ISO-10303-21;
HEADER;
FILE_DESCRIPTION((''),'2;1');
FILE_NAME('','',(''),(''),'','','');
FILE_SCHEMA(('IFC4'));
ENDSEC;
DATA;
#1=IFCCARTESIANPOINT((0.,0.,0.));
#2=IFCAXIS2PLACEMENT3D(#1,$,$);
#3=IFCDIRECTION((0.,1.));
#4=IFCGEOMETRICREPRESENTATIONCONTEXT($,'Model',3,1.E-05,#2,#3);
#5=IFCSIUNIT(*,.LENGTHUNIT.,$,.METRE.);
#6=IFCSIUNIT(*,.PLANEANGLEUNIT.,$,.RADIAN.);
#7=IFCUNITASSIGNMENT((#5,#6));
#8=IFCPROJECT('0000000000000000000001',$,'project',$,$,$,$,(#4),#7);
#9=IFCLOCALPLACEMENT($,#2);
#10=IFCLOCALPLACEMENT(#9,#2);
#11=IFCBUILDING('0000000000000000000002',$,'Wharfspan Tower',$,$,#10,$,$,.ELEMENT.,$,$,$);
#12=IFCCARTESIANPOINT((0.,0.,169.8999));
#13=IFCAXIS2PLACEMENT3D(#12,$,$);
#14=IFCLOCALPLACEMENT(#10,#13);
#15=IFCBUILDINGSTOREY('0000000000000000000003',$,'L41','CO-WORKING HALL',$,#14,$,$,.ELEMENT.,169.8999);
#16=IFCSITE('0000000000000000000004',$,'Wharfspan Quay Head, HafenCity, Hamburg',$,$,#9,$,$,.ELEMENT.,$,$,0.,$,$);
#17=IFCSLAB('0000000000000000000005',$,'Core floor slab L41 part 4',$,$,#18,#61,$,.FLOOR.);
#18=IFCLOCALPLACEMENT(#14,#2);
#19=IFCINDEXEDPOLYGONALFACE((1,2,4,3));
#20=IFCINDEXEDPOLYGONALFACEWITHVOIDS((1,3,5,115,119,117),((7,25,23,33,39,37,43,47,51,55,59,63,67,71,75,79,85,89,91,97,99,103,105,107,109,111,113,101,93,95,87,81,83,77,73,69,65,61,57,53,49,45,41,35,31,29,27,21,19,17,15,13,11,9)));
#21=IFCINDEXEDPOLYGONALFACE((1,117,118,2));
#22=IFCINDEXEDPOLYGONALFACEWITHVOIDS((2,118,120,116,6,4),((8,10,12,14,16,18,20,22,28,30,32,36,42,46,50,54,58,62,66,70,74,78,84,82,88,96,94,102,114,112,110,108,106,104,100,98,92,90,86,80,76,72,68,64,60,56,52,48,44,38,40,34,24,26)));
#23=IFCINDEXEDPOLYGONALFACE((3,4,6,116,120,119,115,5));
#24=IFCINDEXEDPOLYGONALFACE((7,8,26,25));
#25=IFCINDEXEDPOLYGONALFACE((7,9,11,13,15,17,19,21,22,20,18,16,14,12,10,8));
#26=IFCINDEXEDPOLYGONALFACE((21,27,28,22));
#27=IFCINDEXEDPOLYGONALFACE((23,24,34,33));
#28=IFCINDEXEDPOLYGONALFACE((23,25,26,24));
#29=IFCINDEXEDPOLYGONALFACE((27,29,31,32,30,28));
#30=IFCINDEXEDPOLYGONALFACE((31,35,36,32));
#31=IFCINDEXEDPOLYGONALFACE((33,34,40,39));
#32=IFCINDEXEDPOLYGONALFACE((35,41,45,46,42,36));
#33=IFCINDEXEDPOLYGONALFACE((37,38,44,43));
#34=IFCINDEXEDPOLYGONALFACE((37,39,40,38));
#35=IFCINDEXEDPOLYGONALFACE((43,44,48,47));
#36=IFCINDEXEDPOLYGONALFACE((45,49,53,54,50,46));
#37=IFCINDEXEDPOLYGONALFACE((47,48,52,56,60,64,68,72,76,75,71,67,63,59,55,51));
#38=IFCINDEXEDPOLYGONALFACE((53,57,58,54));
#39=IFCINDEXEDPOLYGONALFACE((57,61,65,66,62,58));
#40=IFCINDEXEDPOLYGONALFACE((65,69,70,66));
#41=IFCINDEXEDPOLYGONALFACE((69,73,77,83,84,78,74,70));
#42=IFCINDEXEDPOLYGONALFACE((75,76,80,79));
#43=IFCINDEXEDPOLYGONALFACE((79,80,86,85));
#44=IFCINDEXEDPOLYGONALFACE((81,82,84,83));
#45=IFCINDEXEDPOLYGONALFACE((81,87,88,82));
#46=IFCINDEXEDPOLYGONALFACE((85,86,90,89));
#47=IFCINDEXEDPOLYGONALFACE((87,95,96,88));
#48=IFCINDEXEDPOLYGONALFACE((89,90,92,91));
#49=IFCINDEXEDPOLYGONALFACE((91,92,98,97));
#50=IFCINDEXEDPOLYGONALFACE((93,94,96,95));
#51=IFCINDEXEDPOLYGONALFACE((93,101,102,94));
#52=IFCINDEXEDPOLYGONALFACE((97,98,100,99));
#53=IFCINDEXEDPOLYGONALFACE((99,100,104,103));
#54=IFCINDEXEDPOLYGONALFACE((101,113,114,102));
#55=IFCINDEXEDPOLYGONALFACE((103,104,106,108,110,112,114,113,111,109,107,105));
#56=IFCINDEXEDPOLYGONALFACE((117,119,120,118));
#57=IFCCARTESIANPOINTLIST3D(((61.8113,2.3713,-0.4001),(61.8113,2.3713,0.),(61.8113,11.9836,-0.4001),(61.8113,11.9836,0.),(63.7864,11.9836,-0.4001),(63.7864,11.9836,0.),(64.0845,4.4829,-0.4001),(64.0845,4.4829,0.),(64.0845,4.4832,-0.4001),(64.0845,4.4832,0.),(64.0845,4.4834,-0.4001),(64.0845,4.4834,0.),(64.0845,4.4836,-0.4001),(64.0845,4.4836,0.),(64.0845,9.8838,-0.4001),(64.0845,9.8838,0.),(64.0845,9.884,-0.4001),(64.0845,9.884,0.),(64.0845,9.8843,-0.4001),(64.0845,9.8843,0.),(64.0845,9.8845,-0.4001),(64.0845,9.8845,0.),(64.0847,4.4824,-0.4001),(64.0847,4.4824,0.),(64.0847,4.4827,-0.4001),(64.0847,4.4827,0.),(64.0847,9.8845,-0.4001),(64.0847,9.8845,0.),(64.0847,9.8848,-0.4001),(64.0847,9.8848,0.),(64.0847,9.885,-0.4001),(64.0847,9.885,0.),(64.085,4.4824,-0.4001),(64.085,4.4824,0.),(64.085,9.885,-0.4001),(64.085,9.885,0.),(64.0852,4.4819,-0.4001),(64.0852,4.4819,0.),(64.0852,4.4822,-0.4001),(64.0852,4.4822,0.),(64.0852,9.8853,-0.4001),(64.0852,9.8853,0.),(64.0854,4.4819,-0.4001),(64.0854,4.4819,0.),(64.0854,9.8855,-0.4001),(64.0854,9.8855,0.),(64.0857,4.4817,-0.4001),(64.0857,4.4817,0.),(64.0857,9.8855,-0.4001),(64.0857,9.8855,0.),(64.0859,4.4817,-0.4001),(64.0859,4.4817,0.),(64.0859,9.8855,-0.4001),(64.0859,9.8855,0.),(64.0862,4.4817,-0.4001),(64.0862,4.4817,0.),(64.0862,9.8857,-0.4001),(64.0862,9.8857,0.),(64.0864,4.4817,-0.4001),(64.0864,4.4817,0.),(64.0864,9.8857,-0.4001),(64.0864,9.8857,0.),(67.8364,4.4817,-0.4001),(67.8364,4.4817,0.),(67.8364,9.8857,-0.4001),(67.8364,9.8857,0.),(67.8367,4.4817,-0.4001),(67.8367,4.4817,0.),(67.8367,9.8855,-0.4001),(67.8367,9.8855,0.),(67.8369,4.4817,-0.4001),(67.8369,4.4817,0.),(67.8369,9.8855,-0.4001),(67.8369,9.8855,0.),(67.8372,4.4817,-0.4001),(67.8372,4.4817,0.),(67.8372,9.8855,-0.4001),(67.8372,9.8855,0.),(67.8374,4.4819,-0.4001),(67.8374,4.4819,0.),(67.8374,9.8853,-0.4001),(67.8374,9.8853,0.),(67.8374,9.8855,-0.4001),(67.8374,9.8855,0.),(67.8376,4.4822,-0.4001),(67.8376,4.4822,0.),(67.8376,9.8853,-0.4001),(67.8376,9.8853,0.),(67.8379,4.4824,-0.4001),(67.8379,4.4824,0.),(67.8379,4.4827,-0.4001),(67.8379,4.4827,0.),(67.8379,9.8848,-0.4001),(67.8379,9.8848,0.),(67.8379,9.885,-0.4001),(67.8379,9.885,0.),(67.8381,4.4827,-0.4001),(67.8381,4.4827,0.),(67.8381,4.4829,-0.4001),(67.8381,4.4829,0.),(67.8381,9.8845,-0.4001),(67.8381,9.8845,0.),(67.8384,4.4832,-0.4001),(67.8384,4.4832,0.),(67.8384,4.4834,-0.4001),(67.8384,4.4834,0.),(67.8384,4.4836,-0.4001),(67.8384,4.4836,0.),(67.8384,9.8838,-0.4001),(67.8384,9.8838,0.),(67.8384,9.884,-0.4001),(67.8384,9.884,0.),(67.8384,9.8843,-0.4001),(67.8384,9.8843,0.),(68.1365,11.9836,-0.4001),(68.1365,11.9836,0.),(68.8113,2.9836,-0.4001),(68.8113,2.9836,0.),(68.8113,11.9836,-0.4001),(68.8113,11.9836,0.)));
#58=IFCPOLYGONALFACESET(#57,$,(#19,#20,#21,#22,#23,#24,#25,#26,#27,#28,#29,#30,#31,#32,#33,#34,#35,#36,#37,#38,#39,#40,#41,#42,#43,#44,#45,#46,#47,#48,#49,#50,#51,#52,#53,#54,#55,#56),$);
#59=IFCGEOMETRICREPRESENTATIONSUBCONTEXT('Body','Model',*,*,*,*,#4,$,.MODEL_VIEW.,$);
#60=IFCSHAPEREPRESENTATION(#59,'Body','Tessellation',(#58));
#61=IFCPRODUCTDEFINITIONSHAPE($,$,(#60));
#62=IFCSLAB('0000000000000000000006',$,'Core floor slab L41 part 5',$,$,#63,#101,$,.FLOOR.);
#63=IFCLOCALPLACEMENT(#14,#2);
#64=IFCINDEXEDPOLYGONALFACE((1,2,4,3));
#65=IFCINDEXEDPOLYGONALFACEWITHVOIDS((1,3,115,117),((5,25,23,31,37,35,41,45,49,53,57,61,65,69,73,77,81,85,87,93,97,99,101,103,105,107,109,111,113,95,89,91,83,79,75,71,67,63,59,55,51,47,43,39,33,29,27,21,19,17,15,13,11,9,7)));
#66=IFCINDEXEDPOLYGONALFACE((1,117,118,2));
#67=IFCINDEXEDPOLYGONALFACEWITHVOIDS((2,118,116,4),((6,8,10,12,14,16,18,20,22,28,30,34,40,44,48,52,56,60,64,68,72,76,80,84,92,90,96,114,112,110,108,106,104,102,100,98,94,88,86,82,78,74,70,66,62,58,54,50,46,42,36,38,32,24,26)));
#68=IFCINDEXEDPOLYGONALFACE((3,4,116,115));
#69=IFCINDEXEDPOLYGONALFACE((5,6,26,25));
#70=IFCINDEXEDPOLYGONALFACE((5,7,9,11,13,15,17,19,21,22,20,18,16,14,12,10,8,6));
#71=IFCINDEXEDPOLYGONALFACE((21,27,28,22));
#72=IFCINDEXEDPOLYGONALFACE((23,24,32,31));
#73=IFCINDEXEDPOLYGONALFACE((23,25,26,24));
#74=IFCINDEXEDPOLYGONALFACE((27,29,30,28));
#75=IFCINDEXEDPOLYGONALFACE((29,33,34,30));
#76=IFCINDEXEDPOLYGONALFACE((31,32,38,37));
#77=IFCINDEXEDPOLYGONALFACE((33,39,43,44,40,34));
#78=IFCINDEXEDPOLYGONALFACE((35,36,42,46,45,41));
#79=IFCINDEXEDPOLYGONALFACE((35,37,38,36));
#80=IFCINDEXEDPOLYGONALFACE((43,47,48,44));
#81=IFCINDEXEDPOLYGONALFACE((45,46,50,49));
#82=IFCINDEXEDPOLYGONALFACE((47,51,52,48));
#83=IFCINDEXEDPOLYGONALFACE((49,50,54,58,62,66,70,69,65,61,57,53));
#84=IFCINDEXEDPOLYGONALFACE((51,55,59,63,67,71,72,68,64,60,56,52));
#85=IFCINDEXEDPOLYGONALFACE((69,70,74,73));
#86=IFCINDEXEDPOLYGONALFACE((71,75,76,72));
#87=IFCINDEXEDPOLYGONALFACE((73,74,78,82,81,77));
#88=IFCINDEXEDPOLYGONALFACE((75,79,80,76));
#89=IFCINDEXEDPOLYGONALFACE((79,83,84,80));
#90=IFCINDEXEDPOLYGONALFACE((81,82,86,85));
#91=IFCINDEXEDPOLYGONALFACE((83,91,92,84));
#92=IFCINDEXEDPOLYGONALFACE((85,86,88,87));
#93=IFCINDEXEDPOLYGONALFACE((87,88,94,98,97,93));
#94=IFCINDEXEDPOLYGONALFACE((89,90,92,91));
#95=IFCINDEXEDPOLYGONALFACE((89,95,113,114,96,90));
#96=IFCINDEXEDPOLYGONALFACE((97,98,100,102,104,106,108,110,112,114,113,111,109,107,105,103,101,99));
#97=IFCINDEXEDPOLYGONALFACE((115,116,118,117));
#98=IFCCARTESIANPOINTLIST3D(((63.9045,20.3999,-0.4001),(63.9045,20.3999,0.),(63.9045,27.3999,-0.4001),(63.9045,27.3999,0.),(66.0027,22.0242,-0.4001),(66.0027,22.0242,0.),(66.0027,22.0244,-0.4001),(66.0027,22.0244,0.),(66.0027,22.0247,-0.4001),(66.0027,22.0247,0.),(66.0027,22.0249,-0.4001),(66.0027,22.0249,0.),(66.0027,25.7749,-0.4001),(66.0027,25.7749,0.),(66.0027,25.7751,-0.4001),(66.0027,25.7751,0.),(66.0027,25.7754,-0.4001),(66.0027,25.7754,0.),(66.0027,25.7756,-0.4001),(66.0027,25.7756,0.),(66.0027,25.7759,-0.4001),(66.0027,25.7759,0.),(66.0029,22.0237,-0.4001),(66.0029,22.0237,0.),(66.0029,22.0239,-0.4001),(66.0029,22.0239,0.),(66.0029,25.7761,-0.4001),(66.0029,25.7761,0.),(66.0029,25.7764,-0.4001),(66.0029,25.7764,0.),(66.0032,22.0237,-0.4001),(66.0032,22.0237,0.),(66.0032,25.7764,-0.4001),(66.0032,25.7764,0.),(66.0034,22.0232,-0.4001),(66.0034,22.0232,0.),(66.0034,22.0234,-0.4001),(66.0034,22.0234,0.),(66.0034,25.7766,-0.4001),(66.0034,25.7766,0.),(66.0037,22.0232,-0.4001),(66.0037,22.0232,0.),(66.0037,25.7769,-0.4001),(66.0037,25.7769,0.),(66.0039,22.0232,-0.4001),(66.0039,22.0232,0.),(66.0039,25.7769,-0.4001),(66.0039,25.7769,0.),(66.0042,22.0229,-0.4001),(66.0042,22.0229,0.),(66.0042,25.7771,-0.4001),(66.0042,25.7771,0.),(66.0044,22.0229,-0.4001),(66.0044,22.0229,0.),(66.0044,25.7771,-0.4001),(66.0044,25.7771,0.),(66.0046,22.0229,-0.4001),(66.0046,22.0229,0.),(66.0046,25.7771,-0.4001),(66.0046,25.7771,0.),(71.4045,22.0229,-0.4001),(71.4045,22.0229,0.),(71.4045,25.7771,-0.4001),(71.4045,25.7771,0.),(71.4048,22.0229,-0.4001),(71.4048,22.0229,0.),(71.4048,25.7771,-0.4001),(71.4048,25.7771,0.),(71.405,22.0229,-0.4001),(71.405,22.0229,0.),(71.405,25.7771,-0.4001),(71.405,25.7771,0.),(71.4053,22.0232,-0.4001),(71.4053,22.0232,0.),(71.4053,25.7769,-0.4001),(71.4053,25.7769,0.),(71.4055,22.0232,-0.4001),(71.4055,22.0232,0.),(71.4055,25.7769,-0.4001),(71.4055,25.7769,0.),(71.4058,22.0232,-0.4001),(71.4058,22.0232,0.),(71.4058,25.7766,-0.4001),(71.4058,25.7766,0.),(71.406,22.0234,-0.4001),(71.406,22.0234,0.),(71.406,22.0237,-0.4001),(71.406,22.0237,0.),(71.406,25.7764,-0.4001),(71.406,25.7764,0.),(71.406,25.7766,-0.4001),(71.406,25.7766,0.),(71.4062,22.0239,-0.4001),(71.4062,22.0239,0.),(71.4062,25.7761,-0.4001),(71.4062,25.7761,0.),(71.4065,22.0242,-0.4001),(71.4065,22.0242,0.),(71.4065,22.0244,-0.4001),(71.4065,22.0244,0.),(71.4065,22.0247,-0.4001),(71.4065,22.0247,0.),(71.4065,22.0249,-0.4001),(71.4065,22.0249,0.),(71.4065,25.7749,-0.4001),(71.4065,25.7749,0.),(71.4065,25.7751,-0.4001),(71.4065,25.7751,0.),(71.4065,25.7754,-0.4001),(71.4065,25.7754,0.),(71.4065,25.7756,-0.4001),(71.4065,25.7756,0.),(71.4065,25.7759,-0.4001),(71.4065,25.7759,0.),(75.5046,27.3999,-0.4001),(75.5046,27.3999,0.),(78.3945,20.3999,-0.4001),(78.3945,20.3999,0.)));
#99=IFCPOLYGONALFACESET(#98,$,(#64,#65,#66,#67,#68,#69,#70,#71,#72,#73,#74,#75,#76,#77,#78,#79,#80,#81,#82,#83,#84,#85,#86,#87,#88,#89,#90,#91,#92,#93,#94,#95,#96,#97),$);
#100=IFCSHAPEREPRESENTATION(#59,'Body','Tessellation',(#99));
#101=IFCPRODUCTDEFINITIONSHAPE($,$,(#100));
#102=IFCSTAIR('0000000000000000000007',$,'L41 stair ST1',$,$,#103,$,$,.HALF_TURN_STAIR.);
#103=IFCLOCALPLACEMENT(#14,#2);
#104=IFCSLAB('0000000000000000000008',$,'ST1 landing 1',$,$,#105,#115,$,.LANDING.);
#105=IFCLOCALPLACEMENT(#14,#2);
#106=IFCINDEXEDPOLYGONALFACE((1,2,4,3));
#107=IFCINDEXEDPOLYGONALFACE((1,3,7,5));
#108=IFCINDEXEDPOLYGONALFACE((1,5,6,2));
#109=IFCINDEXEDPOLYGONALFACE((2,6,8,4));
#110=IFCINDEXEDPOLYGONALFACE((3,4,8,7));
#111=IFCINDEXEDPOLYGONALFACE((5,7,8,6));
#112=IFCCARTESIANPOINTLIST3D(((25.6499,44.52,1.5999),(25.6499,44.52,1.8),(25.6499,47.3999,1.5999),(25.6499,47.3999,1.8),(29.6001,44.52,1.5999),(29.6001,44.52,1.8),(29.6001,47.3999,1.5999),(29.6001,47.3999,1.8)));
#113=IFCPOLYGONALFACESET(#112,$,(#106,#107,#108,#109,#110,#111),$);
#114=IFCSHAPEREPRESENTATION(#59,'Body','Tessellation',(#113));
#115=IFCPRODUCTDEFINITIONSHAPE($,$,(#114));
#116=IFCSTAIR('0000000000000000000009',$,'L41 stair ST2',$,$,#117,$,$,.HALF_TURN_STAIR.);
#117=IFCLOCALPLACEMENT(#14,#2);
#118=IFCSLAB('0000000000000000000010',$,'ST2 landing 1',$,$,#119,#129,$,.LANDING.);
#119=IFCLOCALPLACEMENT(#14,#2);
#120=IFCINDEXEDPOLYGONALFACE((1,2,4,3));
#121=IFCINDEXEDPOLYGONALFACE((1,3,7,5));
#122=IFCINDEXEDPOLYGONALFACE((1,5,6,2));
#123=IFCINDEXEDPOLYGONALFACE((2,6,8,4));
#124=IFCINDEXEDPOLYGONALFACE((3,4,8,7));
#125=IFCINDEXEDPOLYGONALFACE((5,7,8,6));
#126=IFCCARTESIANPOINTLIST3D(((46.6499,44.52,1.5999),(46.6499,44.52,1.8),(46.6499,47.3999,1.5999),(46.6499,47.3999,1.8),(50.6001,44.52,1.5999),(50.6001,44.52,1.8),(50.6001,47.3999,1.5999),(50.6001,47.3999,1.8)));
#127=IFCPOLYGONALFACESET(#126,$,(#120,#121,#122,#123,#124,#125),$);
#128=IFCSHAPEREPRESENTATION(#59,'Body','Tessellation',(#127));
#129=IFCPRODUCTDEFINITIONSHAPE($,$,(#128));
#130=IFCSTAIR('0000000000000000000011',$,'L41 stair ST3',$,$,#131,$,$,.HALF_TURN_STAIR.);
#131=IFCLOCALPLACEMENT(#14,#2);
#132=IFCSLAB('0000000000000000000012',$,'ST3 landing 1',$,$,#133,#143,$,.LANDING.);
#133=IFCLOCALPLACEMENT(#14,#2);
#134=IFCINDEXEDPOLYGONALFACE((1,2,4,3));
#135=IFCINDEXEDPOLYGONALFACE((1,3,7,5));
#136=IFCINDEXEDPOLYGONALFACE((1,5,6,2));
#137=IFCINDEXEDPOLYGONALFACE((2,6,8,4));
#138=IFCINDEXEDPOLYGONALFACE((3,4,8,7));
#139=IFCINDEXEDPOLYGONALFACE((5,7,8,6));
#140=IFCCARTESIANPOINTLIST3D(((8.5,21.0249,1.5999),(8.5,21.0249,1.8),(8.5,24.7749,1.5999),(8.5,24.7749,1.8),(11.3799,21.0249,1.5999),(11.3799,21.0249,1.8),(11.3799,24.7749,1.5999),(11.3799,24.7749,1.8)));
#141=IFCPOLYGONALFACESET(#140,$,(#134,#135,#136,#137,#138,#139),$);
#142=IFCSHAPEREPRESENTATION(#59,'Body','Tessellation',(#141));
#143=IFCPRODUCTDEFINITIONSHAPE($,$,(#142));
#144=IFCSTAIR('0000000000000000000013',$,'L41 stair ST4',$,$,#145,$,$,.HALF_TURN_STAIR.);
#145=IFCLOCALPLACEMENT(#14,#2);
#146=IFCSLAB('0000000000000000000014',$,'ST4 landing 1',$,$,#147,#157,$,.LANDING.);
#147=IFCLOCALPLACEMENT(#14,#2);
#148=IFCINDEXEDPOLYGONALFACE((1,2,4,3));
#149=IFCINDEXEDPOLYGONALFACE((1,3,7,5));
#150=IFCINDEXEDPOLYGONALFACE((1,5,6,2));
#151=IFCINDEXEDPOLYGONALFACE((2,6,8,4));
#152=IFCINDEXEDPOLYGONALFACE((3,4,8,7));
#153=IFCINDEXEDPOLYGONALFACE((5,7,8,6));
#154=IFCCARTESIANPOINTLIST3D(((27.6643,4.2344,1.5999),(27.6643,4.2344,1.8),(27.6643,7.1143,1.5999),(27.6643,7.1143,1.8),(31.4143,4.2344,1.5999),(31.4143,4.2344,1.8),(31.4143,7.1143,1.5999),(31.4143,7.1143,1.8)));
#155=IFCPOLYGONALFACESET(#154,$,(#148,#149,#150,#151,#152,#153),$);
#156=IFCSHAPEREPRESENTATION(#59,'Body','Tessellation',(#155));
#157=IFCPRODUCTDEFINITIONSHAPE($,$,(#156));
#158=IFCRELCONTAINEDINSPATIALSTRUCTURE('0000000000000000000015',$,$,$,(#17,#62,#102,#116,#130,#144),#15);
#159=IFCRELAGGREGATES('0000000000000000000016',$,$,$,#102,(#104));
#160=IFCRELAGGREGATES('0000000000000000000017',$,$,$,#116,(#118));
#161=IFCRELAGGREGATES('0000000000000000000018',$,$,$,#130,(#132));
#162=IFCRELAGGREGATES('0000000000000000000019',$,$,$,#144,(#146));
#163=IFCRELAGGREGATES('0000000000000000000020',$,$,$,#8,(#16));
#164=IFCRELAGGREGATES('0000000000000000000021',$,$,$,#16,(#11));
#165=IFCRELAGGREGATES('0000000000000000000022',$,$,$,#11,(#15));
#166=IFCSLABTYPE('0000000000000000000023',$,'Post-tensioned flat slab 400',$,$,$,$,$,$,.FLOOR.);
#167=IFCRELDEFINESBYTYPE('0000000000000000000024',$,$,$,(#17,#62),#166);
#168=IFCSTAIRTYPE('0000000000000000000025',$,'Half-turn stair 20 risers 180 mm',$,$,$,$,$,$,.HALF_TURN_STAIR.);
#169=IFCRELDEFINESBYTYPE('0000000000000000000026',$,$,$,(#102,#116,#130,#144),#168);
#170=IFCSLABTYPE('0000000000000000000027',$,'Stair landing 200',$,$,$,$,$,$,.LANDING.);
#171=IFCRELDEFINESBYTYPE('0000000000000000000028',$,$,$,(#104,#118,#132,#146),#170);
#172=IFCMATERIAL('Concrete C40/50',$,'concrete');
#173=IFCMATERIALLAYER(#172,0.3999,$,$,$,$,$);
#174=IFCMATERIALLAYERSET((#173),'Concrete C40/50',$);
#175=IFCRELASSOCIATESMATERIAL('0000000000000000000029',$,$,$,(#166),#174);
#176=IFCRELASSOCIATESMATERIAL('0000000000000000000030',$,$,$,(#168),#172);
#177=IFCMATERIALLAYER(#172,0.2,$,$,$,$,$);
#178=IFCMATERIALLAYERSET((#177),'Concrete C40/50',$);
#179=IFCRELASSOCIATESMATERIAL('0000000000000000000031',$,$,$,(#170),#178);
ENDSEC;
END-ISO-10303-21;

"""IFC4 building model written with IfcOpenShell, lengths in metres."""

from ifc_helpers import new_model, si_unit, direction, frame, origin, place, context, subcontext, project, spatial, polyline, outline, extrude, material, layer, layer_set, type_object, element, aggregate, save


model = new_model("IFC4")

# Units and contexts
model_context = context("Model", 3, precision=1e-05, world=origin(), true_north=direction((0.0, 1.0)))
body_context = subcontext(model_context, "Body", "Model", "MODEL_VIEW")
ifc_project = project(units=[si_unit("LENGTHUNIT", "METRE"), si_unit("PLANEANGLEUNIT", "RADIAN")], contexts=[model_context])

# Site, building, storey
site_placement = place(None, origin())
site = spatial("IfcSite", under=ifc_project, at=site_placement, Name="Wharfspan Quay Head, HafenCity, Hamburg", CompositionType="ELEMENT", RefElevation=0.0)
building_placement = place(site_placement, origin())
building = spatial("IfcBuilding", under=site, at=building_placement, Name="Wharfspan Tower", CompositionType="ELEMENT")
storey_placement = place(building_placement, frame((0.0, 0.0, 169.8999)))
storey = spatial("IfcBuildingStorey", under=building, at=storey_placement, Name="L41", Description="CO-WORKING HALL", CompositionType="ELEMENT", Elevation=169.8999)

# Slabs
ifc_material_1 = material(Name="Concrete C40/50", Category="concrete")
ifc_layer_1 = layer(ifc_material_1, 0.3999)
ifc_layer_set_1 = layer_set([ifc_layer_1], Name="Concrete C40/50")
slab_type_1 = type_object("IfcSlabType", Name="Post-tensioned flat slab 400", PredefinedType="FLOOR", material=ifc_layer_set_1)
slab_1_placement = place(storey_placement, frame((0.0, 0.0, -0.4001)))
element("IfcSlab", 1, at=slab_1_placement, inside=storey, type_object=slab_type_1, Name="Core floor slab L41 part 4", PredefinedType="FLOOR", context=body_context, shape_type="SweptSolid", body=[
    extrude(outline(polyline([(68.8113, 11.9836), (68.1365, 11.9836), (63.7864, 11.9836), (61.8113, 11.9836), (61.8113, 2.3713), (68.8113, 2.9836), (68.8113, 11.9836)]), holes=[polyline([(64.0845, 9.8838), (64.0845, 9.8838), (64.0845, 9.884), (64.0845, 9.8843), (64.0845, 9.8845), (64.0847, 9.8845), (64.0847, 9.8848), (64.0847, 9.885), (64.085, 9.885), (64.0852, 9.8853), (64.0852, 9.8853), (64.0854, 9.8855), (64.0857, 9.8855), (64.0857, 9.8855), (64.0859, 9.8855), (64.0862, 9.8857), (64.0864, 9.8857), (67.8364, 9.8857), (67.8364, 9.8857), (67.8367, 9.8855), (67.8369, 9.8855), (67.8372, 9.8855), (67.8374, 9.8855), (67.8374, 9.8853), (67.8376, 9.8853), (67.8379, 9.885), (67.8379, 9.885), (67.8379, 9.8848), (67.8381, 9.8845), (67.8381, 9.8845), (67.8384, 9.8843), (67.8384, 9.884), (67.8384, 9.8838), (67.8384, 9.8838), (67.8384, 4.4836), (67.8384, 4.4834), (67.8384, 4.4834), (67.8384, 4.4832), (67.8381, 4.4829), (67.8381, 4.4827), (67.8379, 4.4827), (67.8379, 4.4824), (67.8379, 4.4824), (67.8376, 4.4822), (67.8374, 4.4819), (67.8374, 4.4819), (67.8372, 4.4817), (67.8369, 4.4817), (67.8367, 4.4817), (67.8364, 4.4817), (67.8364, 4.4817), (64.0864, 4.4817), (64.0862, 4.4817), (64.0859, 4.4817), (64.0857, 4.4817), (64.0857, 4.4817), (64.0854, 4.4819), (64.0852, 4.4819), (64.0852, 4.4822), (64.085, 4.4824), (64.0847, 4.4824), (64.0847, 4.4827), (64.0847, 4.4827), (64.0845, 4.4829), (64.0845, 4.4832), (64.0845, 4.4834), (64.0845, 4.4834), (64.0845, 4.4836), (64.0845, 9.8838)])]), origin(), (0.0, 0.0, 1.0), 0.4001),
])
slab_2_placement = place(storey_placement, frame((0.0, 0.0, -0.4001)))
element("IfcSlab", 2, at=slab_2_placement, inside=storey, type_object=slab_type_1, Name="Core floor slab L41 part 5", PredefinedType="FLOOR", context=body_context, shape_type="SweptSolid", body=[
    extrude(outline(polyline([(78.3945, 20.3999), (75.5046, 27.3999), (63.9045, 27.3999), (63.9045, 20.3999), (78.3945, 20.3999)]), holes=[polyline([(66.0046, 22.0229), (66.0044, 22.0229), (66.0041, 22.0229), (66.0039, 22.0232), (66.0039, 22.0232), (66.0037, 22.0232), (66.0034, 22.0232), (66.0034, 22.0234), (66.0032, 22.0237), (66.0029, 22.0237), (66.0029, 22.0239), (66.0027, 22.0242), (66.0027, 22.0242), (66.0027, 22.0244), (66.0027, 22.0247), (66.0027, 22.0249), (66.0027, 22.0249), (66.0027, 25.7749), (66.0027, 25.7751), (66.0027, 25.7754), (66.0027, 25.7756), (66.0027, 25.7759), (66.0027, 25.7759), (66.0029, 25.7761), (66.0029, 25.7764), (66.0032, 25.7764), (66.0034, 25.7766), (66.0034, 25.7766), (66.0037, 25.7769), (66.0039, 25.7769), (66.0039, 25.7769), (66.0041, 25.7771), (66.0044, 25.7771), (66.0046, 25.7771), (71.4045, 25.7771), (71.4048, 25.7771), (71.405, 25.7771), (71.4053, 25.7769), (71.4055, 25.7769), (71.4055, 25.7769), (71.4058, 25.7766), (71.406, 25.7766), (71.406, 25.7764), (71.406, 25.7764), (71.4062, 25.7761), (71.4065, 25.7759), (71.4065, 25.7759), (71.4065, 25.7756), (71.4065, 25.7754), (71.4065, 25.7751), (71.4065, 25.7749), (71.4065, 22.0249), (71.4065, 22.0249), (71.4065, 22.0247), (71.4065, 22.0244), (71.4065, 22.0242), (71.4065, 22.0242), (71.4062, 22.0239), (71.406, 22.0237), (71.406, 22.0237), (71.406, 22.0234), (71.4058, 22.0232), (71.4055, 22.0232), (71.4055, 22.0232), (71.4053, 22.0232), (71.405, 22.0229), (71.4048, 22.0229), (71.4045, 22.0229), (66.0046, 22.0229)])]), origin(), (0.0, 0.0, 1.0), 0.4001),
])

# Stairs, slabs
stair_type = type_object("IfcStairType", Name="Half-turn stair 20 risers 180 mm", PredefinedType="HALF_TURN_STAIR", material=ifc_material_1)
stair_1_placement = place(storey_placement, origin())
stair_1 = element("IfcStair", 3, at=stair_1_placement, inside=storey, type_object=stair_type, Name="L41 stair ST1", PredefinedType="HALF_TURN_STAIR")
ifc_layer_2 = layer(ifc_material_1, 0.2)
ifc_layer_set_2 = layer_set([ifc_layer_2], Name="Concrete C40/50")
slab_type_2 = type_object("IfcSlabType", Name="Stair landing 200", PredefinedType="LANDING", material=ifc_layer_set_2)
slab_3_placement = place(storey_placement, frame((0.0, 0.0, 1.5999)))
slab_3 = element("IfcSlab", 4, at=slab_3_placement, type_object=slab_type_2, Name="ST1 landing 1", PredefinedType="LANDING", context=body_context, shape_type="SweptSolid", body=[
    extrude(outline(polyline([(25.6499, 44.52), (29.6001, 44.52), (29.6001, 47.3999), (25.6499, 47.3999), (25.6499, 44.52)])), origin(), (0.0, 0.0, 1.0), 0.2002),
])
aggregate(stair_1, [slab_3])
stair_2_placement = place(storey_placement, origin())
stair_2 = element("IfcStair", 5, at=stair_2_placement, inside=storey, type_object=stair_type, Name="L41 stair ST2", PredefinedType="HALF_TURN_STAIR")
slab_4_placement = place(storey_placement, frame((0.0, 0.0, 1.5999)))
slab_4 = element("IfcSlab", 6, at=slab_4_placement, type_object=slab_type_2, Name="ST2 landing 1", PredefinedType="LANDING", context=body_context, shape_type="SweptSolid", body=[
    extrude(outline(polyline([(46.6499, 44.52), (50.6001, 44.52), (50.6001, 47.3999), (46.6499, 47.3999), (46.6499, 44.52)])), origin(), (0.0, 0.0, 1.0), 0.2002),
])
aggregate(stair_2, [slab_4])
stair_3_placement = place(storey_placement, origin())
stair_3 = element("IfcStair", 7, at=stair_3_placement, inside=storey, type_object=stair_type, Name="L41 stair ST3", PredefinedType="HALF_TURN_STAIR")
slab_5_placement = place(storey_placement, frame((0.0, 0.0, 1.5999)))
slab_5 = element("IfcSlab", 8, at=slab_5_placement, type_object=slab_type_2, Name="ST3 landing 1", PredefinedType="LANDING", context=body_context, shape_type="SweptSolid", body=[
    extrude(outline(polyline([(11.3799, 24.7749), (8.5, 24.7749), (8.5, 21.0249), (11.3799, 21.0249), (11.3799, 24.7749)])), origin(), (0.0, 0.0, 1.0), 0.2002),
])
aggregate(stair_3, [slab_5])
stair_4_placement = place(storey_placement, origin())
stair_4 = element("IfcStair", 9, at=stair_4_placement, inside=storey, type_object=stair_type, Name="L41 stair ST4", PredefinedType="HALF_TURN_STAIR")
slab_6_placement = place(storey_placement, frame((0.0, 0.0, 1.5999)))
slab_6 = element("IfcSlab", 10, at=slab_6_placement, type_object=slab_type_2, Name="ST4 landing 1", PredefinedType="LANDING", context=body_context, shape_type="SweptSolid", body=[
    extrude(outline(polyline([(27.6643, 7.1143), (27.6643, 4.2344), (31.4143, 4.2344), (31.4143, 7.1143), (27.6643, 7.1143)])), origin(), (0.0, 0.0, 1.0), 0.2002),
])
aggregate(stair_4, [slab_6])

save(model, "model.ifc")
